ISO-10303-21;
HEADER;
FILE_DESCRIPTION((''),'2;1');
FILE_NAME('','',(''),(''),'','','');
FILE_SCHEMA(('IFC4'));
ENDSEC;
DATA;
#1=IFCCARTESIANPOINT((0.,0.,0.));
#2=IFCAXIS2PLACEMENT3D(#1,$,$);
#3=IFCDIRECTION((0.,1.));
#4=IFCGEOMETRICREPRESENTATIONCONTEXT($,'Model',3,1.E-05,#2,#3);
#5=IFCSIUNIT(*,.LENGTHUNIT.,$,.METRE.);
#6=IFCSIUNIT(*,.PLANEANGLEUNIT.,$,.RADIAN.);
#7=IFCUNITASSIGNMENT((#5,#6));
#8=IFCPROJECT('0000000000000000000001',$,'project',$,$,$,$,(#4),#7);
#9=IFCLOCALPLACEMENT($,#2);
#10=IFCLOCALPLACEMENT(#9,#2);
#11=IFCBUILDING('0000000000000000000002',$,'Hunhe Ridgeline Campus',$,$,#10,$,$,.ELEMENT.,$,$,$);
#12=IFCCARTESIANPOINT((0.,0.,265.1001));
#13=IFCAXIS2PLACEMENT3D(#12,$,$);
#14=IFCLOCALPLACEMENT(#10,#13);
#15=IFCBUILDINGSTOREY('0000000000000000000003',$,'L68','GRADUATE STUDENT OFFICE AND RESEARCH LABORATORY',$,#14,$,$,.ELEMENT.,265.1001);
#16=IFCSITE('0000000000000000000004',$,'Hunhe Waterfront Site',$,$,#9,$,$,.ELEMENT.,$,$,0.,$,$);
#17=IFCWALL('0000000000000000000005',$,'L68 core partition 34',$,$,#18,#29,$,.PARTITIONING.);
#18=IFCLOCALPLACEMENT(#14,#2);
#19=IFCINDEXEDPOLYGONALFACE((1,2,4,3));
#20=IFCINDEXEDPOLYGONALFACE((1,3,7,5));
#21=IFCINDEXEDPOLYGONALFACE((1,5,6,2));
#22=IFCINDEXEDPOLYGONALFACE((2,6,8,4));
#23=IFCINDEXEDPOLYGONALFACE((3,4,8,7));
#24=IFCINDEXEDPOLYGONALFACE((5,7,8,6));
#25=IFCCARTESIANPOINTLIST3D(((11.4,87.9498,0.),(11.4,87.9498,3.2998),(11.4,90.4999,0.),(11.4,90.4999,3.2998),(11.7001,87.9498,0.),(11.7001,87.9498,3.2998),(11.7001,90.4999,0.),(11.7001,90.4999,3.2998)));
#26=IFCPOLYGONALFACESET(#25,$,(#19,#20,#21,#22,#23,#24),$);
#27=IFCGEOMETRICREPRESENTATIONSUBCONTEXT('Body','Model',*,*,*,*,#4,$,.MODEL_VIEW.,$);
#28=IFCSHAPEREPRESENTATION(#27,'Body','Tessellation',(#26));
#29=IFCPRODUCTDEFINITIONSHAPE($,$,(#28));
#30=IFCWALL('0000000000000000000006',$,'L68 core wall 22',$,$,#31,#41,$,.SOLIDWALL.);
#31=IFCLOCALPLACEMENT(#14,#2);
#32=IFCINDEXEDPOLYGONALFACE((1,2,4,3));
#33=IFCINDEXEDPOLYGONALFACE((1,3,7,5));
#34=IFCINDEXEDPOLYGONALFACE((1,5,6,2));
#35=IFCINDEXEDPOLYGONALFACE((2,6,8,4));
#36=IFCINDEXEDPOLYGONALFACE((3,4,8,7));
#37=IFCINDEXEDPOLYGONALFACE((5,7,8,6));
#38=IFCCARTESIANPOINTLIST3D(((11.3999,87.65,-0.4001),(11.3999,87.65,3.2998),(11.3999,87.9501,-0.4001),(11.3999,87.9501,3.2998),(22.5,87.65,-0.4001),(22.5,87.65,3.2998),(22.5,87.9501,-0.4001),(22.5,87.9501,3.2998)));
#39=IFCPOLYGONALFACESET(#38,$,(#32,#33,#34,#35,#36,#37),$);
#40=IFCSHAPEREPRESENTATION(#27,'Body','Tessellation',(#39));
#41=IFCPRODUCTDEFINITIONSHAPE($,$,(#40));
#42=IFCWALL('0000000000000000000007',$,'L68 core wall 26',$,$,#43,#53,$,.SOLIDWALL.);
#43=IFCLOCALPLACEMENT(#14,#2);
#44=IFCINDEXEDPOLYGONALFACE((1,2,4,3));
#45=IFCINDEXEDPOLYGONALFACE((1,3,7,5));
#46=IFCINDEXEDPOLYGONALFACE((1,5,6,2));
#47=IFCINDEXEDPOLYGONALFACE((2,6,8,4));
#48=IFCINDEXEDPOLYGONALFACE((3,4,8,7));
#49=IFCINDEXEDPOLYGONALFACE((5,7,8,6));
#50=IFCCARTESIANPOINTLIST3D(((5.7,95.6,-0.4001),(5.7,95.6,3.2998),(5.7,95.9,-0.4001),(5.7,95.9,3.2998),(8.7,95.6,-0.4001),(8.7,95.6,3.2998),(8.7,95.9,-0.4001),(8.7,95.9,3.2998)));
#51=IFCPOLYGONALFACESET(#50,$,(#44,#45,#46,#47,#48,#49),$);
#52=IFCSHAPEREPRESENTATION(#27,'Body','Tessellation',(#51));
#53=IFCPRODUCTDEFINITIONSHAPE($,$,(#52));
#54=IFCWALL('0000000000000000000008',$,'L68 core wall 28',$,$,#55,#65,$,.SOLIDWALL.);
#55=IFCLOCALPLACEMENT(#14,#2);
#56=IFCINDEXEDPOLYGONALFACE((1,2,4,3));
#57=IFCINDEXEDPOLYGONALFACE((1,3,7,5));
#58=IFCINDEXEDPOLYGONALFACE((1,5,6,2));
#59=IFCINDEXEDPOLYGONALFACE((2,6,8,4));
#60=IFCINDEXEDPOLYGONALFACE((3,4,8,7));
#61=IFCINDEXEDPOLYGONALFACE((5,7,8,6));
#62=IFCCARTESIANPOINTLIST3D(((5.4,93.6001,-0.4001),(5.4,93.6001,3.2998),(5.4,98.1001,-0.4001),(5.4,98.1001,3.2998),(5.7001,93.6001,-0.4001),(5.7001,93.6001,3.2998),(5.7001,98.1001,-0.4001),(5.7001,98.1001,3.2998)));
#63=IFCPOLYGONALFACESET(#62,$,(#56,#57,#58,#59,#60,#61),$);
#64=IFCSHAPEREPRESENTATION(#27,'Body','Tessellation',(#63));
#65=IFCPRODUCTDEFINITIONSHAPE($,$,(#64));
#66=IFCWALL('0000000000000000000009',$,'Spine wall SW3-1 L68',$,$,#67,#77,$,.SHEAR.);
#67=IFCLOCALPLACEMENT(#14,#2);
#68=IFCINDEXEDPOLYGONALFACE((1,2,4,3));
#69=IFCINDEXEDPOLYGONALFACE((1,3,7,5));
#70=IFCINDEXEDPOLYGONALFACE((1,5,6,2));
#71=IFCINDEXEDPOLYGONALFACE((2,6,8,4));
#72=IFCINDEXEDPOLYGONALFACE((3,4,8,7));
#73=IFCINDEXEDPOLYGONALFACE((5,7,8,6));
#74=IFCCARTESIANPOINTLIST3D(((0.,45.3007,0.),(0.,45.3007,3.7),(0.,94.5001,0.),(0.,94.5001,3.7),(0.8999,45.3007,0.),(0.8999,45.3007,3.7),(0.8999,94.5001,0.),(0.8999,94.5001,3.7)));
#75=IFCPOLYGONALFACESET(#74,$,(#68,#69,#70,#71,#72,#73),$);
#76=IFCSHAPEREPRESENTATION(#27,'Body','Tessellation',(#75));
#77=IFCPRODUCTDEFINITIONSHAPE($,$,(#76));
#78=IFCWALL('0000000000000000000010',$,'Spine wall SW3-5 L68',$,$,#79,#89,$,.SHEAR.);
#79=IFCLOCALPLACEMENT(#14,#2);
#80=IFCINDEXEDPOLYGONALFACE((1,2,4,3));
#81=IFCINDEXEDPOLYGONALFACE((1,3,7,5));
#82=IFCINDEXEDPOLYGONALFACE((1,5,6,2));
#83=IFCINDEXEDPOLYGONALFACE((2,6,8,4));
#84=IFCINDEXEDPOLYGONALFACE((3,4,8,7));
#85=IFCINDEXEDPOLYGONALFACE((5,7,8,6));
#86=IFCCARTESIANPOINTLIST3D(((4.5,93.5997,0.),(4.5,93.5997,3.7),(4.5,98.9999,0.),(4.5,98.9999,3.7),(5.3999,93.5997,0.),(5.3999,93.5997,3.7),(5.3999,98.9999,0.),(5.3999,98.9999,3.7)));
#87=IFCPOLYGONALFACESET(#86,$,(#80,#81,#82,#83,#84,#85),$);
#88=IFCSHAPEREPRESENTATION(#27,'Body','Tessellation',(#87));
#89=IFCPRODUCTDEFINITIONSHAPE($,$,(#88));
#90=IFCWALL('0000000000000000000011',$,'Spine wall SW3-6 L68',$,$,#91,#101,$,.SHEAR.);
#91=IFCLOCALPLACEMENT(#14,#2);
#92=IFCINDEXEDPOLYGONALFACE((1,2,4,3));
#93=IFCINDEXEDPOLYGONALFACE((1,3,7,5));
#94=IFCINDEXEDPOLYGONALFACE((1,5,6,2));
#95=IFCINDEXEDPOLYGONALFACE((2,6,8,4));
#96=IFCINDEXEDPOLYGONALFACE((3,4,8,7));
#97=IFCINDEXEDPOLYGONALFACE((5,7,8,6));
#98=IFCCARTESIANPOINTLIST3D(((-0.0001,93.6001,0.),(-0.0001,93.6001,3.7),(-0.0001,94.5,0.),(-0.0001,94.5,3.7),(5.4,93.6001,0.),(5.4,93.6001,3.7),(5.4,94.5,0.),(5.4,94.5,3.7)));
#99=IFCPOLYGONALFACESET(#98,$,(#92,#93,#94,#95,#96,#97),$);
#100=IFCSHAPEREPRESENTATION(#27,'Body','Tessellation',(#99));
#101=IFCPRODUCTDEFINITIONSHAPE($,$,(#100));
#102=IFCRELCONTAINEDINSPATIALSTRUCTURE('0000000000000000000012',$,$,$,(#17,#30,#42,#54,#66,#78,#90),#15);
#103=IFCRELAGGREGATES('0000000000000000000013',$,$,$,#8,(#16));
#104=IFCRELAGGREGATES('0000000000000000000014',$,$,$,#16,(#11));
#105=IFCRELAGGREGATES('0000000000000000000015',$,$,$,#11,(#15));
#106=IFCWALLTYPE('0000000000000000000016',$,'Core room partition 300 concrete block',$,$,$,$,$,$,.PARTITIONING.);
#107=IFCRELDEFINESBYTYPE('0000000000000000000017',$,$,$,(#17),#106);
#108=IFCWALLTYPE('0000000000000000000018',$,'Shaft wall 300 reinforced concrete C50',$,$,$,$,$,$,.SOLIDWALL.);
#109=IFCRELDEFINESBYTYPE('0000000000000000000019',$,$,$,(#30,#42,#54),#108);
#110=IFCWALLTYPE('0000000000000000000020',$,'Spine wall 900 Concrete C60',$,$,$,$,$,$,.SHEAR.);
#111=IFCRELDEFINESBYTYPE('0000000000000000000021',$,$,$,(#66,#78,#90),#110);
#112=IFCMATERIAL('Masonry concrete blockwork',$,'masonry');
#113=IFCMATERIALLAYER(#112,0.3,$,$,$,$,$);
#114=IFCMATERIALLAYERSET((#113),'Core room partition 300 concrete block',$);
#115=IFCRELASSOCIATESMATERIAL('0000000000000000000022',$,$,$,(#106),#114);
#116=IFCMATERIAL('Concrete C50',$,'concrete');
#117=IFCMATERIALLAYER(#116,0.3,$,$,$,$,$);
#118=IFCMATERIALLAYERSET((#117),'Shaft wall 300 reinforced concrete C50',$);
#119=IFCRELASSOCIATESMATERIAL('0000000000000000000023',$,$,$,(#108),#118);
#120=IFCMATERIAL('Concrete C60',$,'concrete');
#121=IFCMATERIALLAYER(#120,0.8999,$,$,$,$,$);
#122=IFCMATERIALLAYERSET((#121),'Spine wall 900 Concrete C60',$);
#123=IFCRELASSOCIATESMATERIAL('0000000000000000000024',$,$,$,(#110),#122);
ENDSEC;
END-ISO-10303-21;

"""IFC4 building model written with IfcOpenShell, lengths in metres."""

from ifc_helpers import new_model, si_unit, direction, frame, frame_2d, origin, place, context, subcontext, project, spatial, rectangle, extrude, material, layer, layer_set, type_object, element, save


model = new_model("IFC4")

# Units and contexts
model_context = context("Model", 3, precision=1e-05, world=origin(), true_north=direction((0.0, 1.0)))
body_context = subcontext(model_context, "Body", "Model", "MODEL_VIEW")
ifc_project = project(units=[si_unit("LENGTHUNIT", "METRE"), si_unit("PLANEANGLEUNIT", "RADIAN")], contexts=[model_context])

# Site, building, storey
site_placement = place(None, origin())
site = spatial("IfcSite", under=ifc_project, at=site_placement, Name="Hunhe Waterfront Site", CompositionType="ELEMENT", RefElevation=0.0)
building_placement = place(site_placement, origin())
building = spatial("IfcBuilding", under=site, at=building_placement, Name="Hunhe Ridgeline Campus", CompositionType="ELEMENT")
storey_placement = place(building_placement, frame((0.0, 0.0, 265.1001)))
storey = spatial("IfcBuildingStorey", under=building, at=storey_placement, Name="L68", Description="GRADUATE STUDENT OFFICE AND RESEARCH LABORATORY", CompositionType="ELEMENT", Elevation=265.1001)

# Wall
ifc_material_1 = material(Name="Masonry concrete blockwork", Category="masonry")
ifc_layer_1 = layer(ifc_material_1, 0.3)
ifc_layer_set_1 = layer_set([ifc_layer_1], Name="Core room partition 300 concrete block")
wall_type_1 = type_object("IfcWallType", Name="Core room partition 300 concrete block", PredefinedType="PARTITIONING", material=ifc_layer_set_1)
wall_1_placement = place(storey_placement, frame((11.55, 87.95, 0.0), z_axis=(0.0, 0.0, 1.0), x_axis=(0.0, 1.0, 0.0)))
element("IfcWall", 1, at=wall_1_placement, inside=storey, type_object=wall_type_1, Name="L68 core partition 34", PredefinedType="PARTITIONING", context=body_context, shape_type="SweptSolid", body=[
    extrude(rectangle(XDim=2.55, YDim=0.3, at=frame_2d((1.2749, 0.0))), origin(), (0.0, 0.0, 1.0), 3.2998),
])

# Shared definitions
ifc_material_2 = material(Name="Concrete C50", Category="concrete")

# Wall
ifc_layer_2 = layer(ifc_material_2, 0.3)
ifc_layer_set_2 = layer_set([ifc_layer_2], Name="Shaft wall 300 reinforced concrete C50")
wall_type_2 = type_object("IfcWallType", Name="Shaft wall 300 reinforced concrete C50", PredefinedType="SOLIDWALL", material=ifc_layer_set_2)
wall_2_placement = place(storey_placement, frame((11.3999, 87.8, -0.4001), z_axis=(0.0, 0.0, 1.0), x_axis=(1.0, 0.0, 0.0)))
element("IfcWall", 2, at=wall_2_placement, inside=storey, type_object=wall_type_2, Name="L68 core wall 22", PredefinedType="SOLIDWALL", context=body_context, shape_type="SweptSolid", body=[
    extrude(rectangle(XDim=11.1001, YDim=0.3, at=frame_2d((5.55, 0.0))), origin(), (0.0, 0.0, 1.0), 3.7),
])

# Walls
wall_3_placement = place(storey_placement, frame((5.7, 95.75, -0.4001), z_axis=(0.0, 0.0, 1.0), x_axis=(1.0, 0.0, 0.0)))
element("IfcWall", 3, at=wall_3_placement, inside=storey, type_object=wall_type_2, Name="L68 core wall 26", PredefinedType="SOLIDWALL", context=body_context, shape_type="SweptSolid", body=[
    extrude(rectangle(XDim=3.0, YDim=0.3, at=frame_2d((1.5, 0.0))), origin(), (0.0, 0.0, 1.0), 3.7),
])
wall_4_placement = place(storey_placement, frame((5.55, 93.6001, -0.4001), z_axis=(0.0, 0.0, 1.0), x_axis=(0.0, 1.0, 0.0)))
element("IfcWall", 4, at=wall_4_placement, inside=storey, type_object=wall_type_2, Name="L68 core wall 28", PredefinedType="SOLIDWALL", context=body_context, shape_type="SweptSolid", body=[
    extrude(rectangle(XDim=4.5, YDim=0.3, at=frame_2d((2.25, 0.0))), origin(), (0.0, 0.0, 1.0), 3.7),
])

# Walls
ifc_material_3 = material(Name="Concrete C60", Category="concrete")
ifc_layer_3 = layer(ifc_material_3, 0.8999)
ifc_layer_set_3 = layer_set([ifc_layer_3], Name="Spine wall 900 Concrete C60")
wall_type_3 = type_object("IfcWallType", Name="Spine wall 900 Concrete C60", PredefinedType="SHEAR", material=ifc_layer_set_3)
wall_5_placement = place(storey_placement, frame((0.45, 94.5, 0.0), z_axis=(0.0, 0.0, 1.0), x_axis=(0.0, -1.0, 0.0)))
element("IfcWall", 5, at=wall_5_placement, inside=storey, type_object=wall_type_3, Name="Spine wall SW3-1 L68", PredefinedType="SHEAR", context=body_context, shape_type="SweptSolid", body=[
    extrude(rectangle(XDim=49.1995, YDim=0.8999, at=frame_2d((24.5996, 0.0))), origin(), (0.0, 0.0, 1.0), 3.7),
])
for number, where, z_axis, x_axis, name in (
    (6, (4.95, 99.0, 0.0), (0.0, 0.0, 1.0), (0.0, -1.0, 0.0), "Spine wall SW3-5 L68"),
    (7, (5.4001, 94.05, 0.0), (0.0, 0.0, 1.0), (-1.0, 0.0, 0.0), "Spine wall SW3-6 L68"),
):
    element("IfcWall", number, at=place(storey_placement, frame(where, z_axis=z_axis, x_axis=x_axis)), inside=storey, type_object=wall_type_3, Name=name, PredefinedType="SHEAR", context=body_context, shape_type="SweptSolid", body=[
        extrude(rectangle(XDim=5.4001, YDim=0.8999, at=frame_2d((2.7002, 0.0))), origin(), (0.0, 0.0, 1.0), 3.7),
    ])

save(model, "model.ifc")
